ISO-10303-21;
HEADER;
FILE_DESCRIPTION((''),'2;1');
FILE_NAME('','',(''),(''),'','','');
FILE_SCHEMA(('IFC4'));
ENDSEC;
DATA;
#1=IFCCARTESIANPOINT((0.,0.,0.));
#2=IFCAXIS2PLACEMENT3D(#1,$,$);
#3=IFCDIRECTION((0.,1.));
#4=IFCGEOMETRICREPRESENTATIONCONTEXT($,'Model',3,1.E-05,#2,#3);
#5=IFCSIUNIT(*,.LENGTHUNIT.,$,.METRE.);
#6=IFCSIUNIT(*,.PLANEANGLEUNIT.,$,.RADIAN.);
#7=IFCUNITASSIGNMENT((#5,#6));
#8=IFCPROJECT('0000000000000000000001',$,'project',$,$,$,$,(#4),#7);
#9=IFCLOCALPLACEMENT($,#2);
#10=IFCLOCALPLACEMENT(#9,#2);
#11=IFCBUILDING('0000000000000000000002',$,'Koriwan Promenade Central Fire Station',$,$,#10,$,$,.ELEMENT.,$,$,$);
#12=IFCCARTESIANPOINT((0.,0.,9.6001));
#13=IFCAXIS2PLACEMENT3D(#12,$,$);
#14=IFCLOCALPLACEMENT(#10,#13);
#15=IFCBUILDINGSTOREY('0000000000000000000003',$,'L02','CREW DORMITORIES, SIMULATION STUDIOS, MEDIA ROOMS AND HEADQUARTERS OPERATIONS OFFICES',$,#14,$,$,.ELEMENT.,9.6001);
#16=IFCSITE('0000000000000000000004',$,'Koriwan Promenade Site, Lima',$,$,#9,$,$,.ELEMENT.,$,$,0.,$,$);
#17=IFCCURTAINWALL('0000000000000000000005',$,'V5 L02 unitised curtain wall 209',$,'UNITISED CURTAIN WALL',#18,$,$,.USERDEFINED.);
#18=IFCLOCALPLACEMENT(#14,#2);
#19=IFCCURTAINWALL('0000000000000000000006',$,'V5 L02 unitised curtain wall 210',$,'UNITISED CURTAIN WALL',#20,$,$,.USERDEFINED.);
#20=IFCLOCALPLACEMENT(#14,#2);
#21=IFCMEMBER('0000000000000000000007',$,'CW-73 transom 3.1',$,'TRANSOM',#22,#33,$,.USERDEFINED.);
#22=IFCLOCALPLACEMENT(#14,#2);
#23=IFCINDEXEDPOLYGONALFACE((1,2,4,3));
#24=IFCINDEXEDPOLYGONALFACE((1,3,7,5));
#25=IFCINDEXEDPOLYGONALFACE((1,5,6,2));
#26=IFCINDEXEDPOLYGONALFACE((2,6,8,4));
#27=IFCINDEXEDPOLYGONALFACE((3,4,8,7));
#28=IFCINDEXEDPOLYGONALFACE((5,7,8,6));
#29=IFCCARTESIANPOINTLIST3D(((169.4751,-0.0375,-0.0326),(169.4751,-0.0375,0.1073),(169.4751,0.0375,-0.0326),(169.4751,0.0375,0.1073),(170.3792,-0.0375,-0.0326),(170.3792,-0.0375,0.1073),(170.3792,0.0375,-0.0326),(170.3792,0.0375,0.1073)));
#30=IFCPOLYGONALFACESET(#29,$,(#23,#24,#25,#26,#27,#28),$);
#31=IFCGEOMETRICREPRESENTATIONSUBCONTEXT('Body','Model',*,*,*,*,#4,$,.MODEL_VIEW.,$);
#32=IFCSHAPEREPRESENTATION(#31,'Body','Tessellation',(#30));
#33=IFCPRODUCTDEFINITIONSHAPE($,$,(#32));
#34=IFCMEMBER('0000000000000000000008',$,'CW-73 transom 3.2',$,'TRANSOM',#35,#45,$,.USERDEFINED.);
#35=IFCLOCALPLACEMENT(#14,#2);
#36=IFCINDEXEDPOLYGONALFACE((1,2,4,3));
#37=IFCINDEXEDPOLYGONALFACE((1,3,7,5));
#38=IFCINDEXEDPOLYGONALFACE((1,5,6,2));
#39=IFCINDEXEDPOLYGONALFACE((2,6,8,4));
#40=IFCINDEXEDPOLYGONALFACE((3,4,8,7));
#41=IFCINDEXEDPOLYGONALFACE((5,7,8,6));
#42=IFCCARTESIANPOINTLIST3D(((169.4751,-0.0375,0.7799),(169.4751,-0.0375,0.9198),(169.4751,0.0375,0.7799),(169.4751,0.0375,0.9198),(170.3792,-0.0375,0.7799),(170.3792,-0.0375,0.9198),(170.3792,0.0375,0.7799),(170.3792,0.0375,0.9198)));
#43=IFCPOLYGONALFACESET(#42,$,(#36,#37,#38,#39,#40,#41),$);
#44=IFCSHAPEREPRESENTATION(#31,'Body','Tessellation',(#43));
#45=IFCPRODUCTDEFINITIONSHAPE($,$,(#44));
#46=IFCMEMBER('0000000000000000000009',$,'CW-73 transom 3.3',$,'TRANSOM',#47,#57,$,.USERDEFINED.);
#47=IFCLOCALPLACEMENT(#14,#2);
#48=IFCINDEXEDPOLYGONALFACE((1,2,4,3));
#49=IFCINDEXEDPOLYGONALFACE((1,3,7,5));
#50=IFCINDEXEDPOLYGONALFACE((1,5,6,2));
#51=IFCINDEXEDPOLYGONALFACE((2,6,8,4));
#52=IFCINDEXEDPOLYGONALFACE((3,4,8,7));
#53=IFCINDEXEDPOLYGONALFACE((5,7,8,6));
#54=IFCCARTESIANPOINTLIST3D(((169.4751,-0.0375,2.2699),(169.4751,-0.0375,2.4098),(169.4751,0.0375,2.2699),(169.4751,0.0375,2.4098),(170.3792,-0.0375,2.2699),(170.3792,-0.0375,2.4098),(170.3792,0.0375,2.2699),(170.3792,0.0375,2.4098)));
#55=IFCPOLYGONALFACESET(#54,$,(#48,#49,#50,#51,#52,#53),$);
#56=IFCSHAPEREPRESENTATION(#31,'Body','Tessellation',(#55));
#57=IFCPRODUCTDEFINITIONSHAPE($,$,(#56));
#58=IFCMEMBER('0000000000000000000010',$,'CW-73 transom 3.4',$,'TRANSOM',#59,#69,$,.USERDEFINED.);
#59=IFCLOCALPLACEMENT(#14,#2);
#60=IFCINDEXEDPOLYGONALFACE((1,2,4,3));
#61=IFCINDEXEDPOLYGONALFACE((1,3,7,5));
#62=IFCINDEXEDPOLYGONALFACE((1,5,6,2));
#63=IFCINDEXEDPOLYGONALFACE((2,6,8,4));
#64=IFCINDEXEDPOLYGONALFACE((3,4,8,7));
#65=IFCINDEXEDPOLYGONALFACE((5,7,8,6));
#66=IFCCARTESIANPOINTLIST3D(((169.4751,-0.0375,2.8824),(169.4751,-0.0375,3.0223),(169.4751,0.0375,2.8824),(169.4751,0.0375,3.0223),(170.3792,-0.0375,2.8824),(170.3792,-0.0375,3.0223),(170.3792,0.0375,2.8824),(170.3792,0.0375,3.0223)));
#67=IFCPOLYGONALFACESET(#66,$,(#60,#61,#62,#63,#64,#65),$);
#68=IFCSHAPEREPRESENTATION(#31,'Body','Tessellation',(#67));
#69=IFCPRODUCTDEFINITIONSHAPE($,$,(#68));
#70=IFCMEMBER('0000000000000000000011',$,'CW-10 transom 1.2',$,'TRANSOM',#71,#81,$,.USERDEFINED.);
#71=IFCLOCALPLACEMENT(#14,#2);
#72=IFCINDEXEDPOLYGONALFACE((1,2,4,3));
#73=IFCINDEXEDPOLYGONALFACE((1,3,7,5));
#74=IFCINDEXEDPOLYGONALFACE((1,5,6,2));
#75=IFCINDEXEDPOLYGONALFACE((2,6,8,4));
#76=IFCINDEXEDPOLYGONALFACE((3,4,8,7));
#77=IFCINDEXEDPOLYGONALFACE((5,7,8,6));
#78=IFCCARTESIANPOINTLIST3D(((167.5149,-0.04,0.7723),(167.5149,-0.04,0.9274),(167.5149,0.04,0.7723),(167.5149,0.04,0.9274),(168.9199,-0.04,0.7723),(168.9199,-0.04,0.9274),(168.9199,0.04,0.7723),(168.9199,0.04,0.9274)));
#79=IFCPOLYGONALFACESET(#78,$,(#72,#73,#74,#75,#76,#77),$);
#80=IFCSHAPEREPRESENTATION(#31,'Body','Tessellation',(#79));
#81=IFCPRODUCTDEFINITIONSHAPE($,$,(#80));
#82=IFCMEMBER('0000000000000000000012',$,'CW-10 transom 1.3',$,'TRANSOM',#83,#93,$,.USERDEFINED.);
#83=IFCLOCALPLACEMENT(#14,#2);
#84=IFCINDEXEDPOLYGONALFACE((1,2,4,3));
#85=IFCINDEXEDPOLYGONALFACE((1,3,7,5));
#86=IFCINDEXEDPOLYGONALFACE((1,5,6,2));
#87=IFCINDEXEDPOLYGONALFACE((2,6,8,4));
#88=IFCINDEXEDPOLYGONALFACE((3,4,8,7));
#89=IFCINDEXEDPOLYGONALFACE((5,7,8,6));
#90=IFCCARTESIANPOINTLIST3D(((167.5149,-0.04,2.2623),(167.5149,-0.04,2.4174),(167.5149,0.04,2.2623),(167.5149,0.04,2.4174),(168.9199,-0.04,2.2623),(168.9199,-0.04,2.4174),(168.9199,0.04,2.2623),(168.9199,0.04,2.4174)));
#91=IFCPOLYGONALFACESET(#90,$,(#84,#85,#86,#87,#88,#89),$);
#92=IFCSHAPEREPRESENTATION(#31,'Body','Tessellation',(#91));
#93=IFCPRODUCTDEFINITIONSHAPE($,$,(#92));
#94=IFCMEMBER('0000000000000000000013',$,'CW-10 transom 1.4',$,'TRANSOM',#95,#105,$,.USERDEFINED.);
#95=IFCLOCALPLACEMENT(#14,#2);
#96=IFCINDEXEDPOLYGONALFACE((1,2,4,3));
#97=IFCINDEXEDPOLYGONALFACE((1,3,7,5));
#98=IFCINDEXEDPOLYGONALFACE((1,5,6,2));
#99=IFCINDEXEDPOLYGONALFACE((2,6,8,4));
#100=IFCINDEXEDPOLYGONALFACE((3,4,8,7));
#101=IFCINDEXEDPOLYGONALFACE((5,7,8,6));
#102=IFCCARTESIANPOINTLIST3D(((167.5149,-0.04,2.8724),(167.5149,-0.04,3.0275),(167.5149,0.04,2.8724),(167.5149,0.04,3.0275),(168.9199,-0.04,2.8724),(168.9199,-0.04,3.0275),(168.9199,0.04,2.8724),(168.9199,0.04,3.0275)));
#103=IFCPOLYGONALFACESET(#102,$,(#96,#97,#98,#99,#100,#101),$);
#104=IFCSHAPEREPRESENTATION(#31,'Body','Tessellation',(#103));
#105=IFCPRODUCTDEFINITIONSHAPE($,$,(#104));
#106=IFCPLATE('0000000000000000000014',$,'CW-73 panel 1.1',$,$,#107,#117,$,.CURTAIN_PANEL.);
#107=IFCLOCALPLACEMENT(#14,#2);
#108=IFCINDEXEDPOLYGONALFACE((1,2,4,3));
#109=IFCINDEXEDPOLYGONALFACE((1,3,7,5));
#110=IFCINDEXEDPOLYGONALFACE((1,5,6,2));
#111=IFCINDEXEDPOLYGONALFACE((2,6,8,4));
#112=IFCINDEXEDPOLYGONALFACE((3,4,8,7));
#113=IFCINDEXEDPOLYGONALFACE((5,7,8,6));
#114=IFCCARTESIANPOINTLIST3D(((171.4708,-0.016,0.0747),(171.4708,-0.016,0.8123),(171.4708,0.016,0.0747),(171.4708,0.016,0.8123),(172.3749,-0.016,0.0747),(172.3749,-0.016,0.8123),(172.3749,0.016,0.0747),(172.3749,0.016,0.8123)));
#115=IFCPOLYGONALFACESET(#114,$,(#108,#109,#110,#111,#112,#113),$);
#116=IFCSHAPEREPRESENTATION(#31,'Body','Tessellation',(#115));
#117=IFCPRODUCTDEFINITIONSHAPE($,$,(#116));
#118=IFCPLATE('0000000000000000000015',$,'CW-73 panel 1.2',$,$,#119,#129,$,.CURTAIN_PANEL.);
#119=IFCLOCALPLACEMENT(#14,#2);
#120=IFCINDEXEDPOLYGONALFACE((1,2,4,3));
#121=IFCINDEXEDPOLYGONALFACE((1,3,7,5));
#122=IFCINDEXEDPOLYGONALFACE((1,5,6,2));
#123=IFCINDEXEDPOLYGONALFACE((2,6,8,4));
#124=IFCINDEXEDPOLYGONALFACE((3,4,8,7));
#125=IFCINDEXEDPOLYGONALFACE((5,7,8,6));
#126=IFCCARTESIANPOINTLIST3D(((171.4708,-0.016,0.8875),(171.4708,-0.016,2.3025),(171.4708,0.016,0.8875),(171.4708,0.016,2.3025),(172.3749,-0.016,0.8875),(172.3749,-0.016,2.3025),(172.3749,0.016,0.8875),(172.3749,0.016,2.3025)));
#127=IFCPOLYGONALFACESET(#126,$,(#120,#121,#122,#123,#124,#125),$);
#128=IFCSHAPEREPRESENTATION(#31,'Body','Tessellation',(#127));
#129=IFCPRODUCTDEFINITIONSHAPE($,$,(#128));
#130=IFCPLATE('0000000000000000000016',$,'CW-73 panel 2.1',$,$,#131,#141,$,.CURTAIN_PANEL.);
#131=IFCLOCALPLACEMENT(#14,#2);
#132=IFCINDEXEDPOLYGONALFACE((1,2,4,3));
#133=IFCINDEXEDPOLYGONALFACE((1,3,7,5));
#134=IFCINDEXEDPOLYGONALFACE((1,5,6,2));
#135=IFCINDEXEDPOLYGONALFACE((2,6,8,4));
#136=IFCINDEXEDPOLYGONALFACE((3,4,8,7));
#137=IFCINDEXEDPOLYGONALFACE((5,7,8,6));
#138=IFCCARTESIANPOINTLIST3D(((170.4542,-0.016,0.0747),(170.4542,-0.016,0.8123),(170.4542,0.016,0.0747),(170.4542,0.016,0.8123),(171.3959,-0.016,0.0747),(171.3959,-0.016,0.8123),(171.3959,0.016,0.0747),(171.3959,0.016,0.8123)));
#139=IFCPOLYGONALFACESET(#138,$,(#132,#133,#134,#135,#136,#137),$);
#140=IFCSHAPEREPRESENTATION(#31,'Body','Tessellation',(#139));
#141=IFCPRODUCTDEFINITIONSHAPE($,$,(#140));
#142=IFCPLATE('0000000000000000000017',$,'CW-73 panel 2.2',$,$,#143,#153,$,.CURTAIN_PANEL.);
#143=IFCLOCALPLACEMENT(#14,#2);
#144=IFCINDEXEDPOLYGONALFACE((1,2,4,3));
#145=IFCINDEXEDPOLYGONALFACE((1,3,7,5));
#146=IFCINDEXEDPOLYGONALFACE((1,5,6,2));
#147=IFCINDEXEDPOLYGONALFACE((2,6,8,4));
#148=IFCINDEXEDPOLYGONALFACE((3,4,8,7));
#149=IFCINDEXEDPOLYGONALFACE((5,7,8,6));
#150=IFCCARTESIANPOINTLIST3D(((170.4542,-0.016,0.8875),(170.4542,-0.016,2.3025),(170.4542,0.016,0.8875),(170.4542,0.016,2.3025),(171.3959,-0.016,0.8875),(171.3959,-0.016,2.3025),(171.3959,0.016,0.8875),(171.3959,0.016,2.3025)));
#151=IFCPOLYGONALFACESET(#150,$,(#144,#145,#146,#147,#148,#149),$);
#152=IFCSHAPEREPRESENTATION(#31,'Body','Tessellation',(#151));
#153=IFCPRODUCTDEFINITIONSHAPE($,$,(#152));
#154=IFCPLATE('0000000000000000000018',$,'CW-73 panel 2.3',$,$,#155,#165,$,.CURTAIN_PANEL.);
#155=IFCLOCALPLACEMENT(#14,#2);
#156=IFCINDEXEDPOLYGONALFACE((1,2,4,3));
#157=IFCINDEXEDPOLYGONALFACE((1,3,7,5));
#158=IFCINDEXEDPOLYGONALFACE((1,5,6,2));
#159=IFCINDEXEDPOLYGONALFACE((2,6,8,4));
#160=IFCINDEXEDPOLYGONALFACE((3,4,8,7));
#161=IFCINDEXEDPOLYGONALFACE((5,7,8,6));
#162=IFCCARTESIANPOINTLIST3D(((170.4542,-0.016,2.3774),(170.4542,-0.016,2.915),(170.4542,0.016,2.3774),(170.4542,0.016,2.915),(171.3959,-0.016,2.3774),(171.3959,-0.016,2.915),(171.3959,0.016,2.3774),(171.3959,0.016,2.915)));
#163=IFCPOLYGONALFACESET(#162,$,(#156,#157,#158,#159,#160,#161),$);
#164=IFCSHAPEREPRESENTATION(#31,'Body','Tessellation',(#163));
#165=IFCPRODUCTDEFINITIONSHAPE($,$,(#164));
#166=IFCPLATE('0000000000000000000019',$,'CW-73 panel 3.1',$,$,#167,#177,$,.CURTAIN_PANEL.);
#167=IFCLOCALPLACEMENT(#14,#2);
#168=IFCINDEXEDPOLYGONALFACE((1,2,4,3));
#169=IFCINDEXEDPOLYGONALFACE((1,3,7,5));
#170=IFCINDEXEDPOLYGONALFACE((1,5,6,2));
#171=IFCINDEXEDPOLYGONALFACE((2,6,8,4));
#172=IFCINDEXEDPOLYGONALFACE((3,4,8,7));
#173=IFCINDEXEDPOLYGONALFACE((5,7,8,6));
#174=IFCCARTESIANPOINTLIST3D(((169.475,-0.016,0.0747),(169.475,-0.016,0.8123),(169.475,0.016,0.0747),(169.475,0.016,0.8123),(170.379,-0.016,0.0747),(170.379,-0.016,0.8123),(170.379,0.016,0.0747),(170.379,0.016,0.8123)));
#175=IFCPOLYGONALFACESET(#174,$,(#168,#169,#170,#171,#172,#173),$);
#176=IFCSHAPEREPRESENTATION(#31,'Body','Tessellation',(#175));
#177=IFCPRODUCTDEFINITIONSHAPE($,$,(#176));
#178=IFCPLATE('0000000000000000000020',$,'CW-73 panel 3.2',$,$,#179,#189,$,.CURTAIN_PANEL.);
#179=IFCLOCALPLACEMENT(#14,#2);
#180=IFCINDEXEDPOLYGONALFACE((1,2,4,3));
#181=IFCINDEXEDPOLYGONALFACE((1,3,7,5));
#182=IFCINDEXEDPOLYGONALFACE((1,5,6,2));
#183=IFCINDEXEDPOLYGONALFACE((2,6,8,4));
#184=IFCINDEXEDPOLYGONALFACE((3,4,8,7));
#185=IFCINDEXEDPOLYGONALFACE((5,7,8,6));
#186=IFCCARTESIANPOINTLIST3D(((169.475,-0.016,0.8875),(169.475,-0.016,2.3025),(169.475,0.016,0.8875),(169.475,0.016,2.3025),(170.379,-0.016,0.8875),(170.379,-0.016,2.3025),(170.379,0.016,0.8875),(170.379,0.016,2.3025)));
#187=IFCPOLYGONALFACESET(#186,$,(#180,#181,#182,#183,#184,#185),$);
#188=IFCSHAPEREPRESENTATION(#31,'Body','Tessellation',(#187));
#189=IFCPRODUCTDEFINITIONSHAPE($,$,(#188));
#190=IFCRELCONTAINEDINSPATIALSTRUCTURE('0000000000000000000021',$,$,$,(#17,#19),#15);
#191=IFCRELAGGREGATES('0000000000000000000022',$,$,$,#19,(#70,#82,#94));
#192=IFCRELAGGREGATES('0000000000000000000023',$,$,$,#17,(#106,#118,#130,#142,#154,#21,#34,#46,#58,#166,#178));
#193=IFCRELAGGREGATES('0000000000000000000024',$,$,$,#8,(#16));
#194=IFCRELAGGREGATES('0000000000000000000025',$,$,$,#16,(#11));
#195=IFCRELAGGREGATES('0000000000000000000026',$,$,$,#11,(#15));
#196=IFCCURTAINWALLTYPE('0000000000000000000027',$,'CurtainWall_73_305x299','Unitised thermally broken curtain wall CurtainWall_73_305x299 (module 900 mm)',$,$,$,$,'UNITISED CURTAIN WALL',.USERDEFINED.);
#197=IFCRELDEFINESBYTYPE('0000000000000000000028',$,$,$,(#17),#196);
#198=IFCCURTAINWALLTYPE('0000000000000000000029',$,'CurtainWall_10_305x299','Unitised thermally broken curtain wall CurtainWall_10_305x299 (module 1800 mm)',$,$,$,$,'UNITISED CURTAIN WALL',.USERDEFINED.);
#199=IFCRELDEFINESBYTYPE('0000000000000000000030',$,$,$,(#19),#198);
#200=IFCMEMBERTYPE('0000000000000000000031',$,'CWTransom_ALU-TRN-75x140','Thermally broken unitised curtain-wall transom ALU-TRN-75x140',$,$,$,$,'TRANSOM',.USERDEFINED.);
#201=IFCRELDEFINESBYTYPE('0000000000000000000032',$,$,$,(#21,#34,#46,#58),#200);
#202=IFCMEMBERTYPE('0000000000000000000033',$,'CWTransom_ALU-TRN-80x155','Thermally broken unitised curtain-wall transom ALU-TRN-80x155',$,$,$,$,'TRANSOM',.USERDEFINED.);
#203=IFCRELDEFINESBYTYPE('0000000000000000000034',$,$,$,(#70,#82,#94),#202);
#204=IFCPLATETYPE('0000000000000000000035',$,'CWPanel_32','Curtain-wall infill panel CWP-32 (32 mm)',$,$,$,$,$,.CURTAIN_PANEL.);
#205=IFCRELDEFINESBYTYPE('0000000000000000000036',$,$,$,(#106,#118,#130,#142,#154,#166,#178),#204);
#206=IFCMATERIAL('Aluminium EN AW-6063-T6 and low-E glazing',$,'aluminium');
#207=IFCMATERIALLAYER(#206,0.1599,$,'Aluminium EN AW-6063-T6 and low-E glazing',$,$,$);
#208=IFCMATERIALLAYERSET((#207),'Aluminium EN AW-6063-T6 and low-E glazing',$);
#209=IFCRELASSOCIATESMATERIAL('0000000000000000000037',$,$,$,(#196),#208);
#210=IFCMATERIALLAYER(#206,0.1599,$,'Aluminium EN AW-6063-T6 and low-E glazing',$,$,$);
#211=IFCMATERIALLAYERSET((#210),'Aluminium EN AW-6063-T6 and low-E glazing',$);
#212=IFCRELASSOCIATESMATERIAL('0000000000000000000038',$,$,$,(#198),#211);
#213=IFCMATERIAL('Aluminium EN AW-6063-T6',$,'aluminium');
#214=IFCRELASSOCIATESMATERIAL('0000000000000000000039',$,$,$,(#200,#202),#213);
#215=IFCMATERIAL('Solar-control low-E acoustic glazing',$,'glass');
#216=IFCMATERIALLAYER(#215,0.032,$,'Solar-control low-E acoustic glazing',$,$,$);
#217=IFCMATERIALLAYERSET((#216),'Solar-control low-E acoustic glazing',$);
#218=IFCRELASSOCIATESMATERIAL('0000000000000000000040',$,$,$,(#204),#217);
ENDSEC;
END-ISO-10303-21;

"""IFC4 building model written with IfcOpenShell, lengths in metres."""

from ifc_helpers import new_model, si_unit, direction, frame, origin, origin_2d, place, context, subcontext, project, spatial, rectangle, extrude, material, layer, layer_set, material_profile, profile_set, type_object, element, aggregate, save


model = new_model("IFC4")

# Units and contexts
model_context = context("Model", 3, precision=1e-05, world=origin(), true_north=direction((0.0, 1.0)))
body_context = subcontext(model_context, "Body", "Model", "MODEL_VIEW")
ifc_project = project(units=[si_unit("LENGTHUNIT", "METRE"), si_unit("PLANEANGLEUNIT", "RADIAN")], contexts=[model_context])

# Site, building, storey
site_placement = place(None, origin())
site = spatial("IfcSite", under=ifc_project, at=site_placement, Name="Koriwan Promenade Site, Lima", CompositionType="ELEMENT", RefElevation=0.0)
building_placement = place(site_placement, origin())
building = spatial("IfcBuilding", under=site, at=building_placement, Name="Koriwan Promenade Central Fire Station", CompositionType="ELEMENT")
storey_placement = place(building_placement, frame((0.0, 0.0, 9.6001)))
storey = spatial("IfcBuildingStorey", under=building, at=storey_placement, Name="L02", Description="CREW DORMITORIES, SIMULATION STUDIOS, MEDIA ROOMS AND HEADQUARTERS OPERATIONS OFFICES", CompositionType="ELEMENT", Elevation=9.6001)

# Curtain wall
ifc_material_1 = material(Name="Aluminium EN AW-6063-T6 and low-E glazing", Category="aluminium")
ifc_layer_1 = layer(ifc_material_1, 0.1599, Name="Aluminium EN AW-6063-T6 and low-E glazing")
ifc_layer_set_1 = layer_set([ifc_layer_1], Name="Aluminium EN AW-6063-T6 and low-E glazing")
curtain_wall_type_1 = type_object("IfcCurtainWallType", Name="CurtainWall_73_305x299", Description="Unitised thermally broken curtain wall CurtainWall_73_305x299 (module 900 mm)", ElementType="UNITISED CURTAIN WALL", PredefinedType="USERDEFINED", material=ifc_layer_set_1)
curtain_wall_1_placement = place(storey_placement, origin())
curtain_wall_1 = element("IfcCurtainWall", 1, at=curtain_wall_1_placement, inside=storey, type_object=curtain_wall_type_1, Name="V5 L02 unitised curtain wall 209", ObjectType="UNITISED CURTAIN WALL", PredefinedType="USERDEFINED")
ifc_material_2 = material(Name="Aluminium EN AW-6063-T6", Category="aluminium")

# Curtain wall
ifc_layer_2 = layer(ifc_material_1, 0.1599, Name="Aluminium EN AW-6063-T6 and low-E glazing")
ifc_layer_set_2 = layer_set([ifc_layer_2], Name="Aluminium EN AW-6063-T6 and low-E glazing")
curtain_wall_type_2 = type_object("IfcCurtainWallType", Name="CurtainWall_10_305x299", Description="Unitised thermally broken curtain wall CurtainWall_10_305x299 (module 1800 mm)", ElementType="UNITISED CURTAIN WALL", PredefinedType="USERDEFINED", material=ifc_layer_set_2)
curtain_wall_2_placement = place(storey_placement, origin())
curtain_wall_2 = element("IfcCurtainWall", 2, at=curtain_wall_2_placement, inside=storey, type_object=curtain_wall_type_2, Name="V5 L02 unitised curtain wall 210", ObjectType="UNITISED CURTAIN WALL", PredefinedType="USERDEFINED")

# Members
ifc_material_profile_1 = material_profile(ifc_material_2, rectangle(XDim=0.075, YDim=0.1399, at=origin_2d()), Name="ALU-TRN-75x140")
ifc_profile_set_1 = profile_set([ifc_material_profile_1], Name="Aluminium EN AW-6063-T6")
member_type_1 = type_object("IfcMemberType", Name="CWTransom_ALU-TRN-75x140", Description="Thermally broken unitised curtain-wall transom ALU-TRN-75x140", ElementType="TRANSOM", PredefinedType="USERDEFINED", material=ifc_profile_set_1)
member_1_placement = place(storey_placement, frame((170.3792, 0.0, 0.0374), z_axis=(-1.0, 0.0, 0.0), x_axis=(0.0, -1.0, 0.0)))
member_1 = element("IfcMember", 3, at=member_1_placement, type_object=member_type_1, Name="CW-73 transom 3.1", ObjectType="TRANSOM", PredefinedType="USERDEFINED", context=body_context, shape_type="SweptSolid", body=[
    extrude(rectangle(XDim=0.075, YDim=0.1399, at=origin_2d()), origin(), (0.0, 0.0, 1.0), 0.9041),
])
member_2_placement = place(storey_placement, frame((170.3792, 0.0, 0.8499), z_axis=(-1.0, 0.0, 0.0), x_axis=(0.0, -1.0, 0.0)))
member_2 = element("IfcMember", 4, at=member_2_placement, type_object=member_type_1, Name="CW-73 transom 3.2", ObjectType="TRANSOM", PredefinedType="USERDEFINED", context=body_context, shape_type="SweptSolid", body=[
    extrude(rectangle(XDim=0.075, YDim=0.1399, at=origin_2d()), origin(), (0.0, 0.0, 1.0), 0.9041),
])
member_3_placement = place(storey_placement, frame((170.3792, 0.0, 2.3398), z_axis=(-1.0, 0.0, 0.0), x_axis=(0.0, -1.0, 0.0)))
member_3 = element("IfcMember", 5, at=member_3_placement, type_object=member_type_1, Name="CW-73 transom 3.3", ObjectType="TRANSOM", PredefinedType="USERDEFINED", context=body_context, shape_type="SweptSolid", body=[
    extrude(rectangle(XDim=0.075, YDim=0.1399, at=origin_2d()), origin(), (0.0, 0.0, 1.0), 0.9041),
])
member_4_placement = place(storey_placement, frame((170.3792, 0.0, 2.9524), z_axis=(-1.0, 0.0, 0.0), x_axis=(0.0, -1.0, 0.0)))
member_4 = element("IfcMember", 6, at=member_4_placement, type_object=member_type_1, Name="CW-73 transom 3.4", ObjectType="TRANSOM", PredefinedType="USERDEFINED", context=body_context, shape_type="SweptSolid", body=[
    extrude(rectangle(XDim=0.075, YDim=0.1399, at=origin_2d()), origin(), (0.0, 0.0, 1.0), 0.9041),
])
ifc_material_profile_2 = material_profile(ifc_material_2, rectangle(XDim=0.0801, YDim=0.155, at=origin_2d()), Name="ALU-TRN-80x155")
ifc_profile_set_2 = profile_set([ifc_material_profile_2], Name="Aluminium EN AW-6063-T6")
member_type_2 = type_object("IfcMemberType", Name="CWTransom_ALU-TRN-80x155", Description="Thermally broken unitised curtain-wall transom ALU-TRN-80x155", ElementType="TRANSOM", PredefinedType="USERDEFINED", material=ifc_profile_set_2)
member_5_placement = place(storey_placement, frame((168.9199, 0.0, 0.8499), z_axis=(-1.0, 0.0, 0.0), x_axis=(0.0, -1.0, 0.0)))
member_5 = element("IfcMember", 7, at=member_5_placement, type_object=member_type_2, Name="CW-10 transom 1.2", ObjectType="TRANSOM", PredefinedType="USERDEFINED", context=body_context, shape_type="SweptSolid", body=[
    extrude(rectangle(XDim=0.0801, YDim=0.155, at=origin_2d()), origin(), (0.0, 0.0, 1.0), 1.405),
])
member_6_placement = place(storey_placement, frame((168.9199, 0.0, 2.3398), z_axis=(-1.0, 0.0, 0.0), x_axis=(0.0, -1.0, 0.0)))
member_6 = element("IfcMember", 8, at=member_6_placement, type_object=member_type_2, Name="CW-10 transom 1.3", ObjectType="TRANSOM", PredefinedType="USERDEFINED", context=body_context, shape_type="SweptSolid", body=[
    extrude(rectangle(XDim=0.0801, YDim=0.155, at=origin_2d()), origin(), (0.0, 0.0, 1.0), 1.405),
])
member_7_placement = place(storey_placement, frame((168.9199, 0.0, 2.95), z_axis=(-1.0, 0.0, 0.0), x_axis=(0.0, -1.0, 0.0)))
member_7 = element("IfcMember", 9, at=member_7_placement, type_object=member_type_2, Name="CW-10 transom 1.4", ObjectType="TRANSOM", PredefinedType="USERDEFINED", context=body_context, shape_type="SweptSolid", body=[
    extrude(rectangle(XDim=0.0801, YDim=0.155, at=origin_2d()), origin(), (0.0, 0.0, 1.0), 1.405),
])
aggregate(curtain_wall_2, [member_5, member_6, member_7])

# Plates
ifc_material_3 = material(Name="Solar-control low-E acoustic glazing", Category="glass")
ifc_layer_3 = layer(ifc_material_3, 0.032, Name="Solar-control low-E acoustic glazing")
ifc_layer_set_3 = layer_set([ifc_layer_3], Name="Solar-control low-E acoustic glazing")
plate_type = type_object("IfcPlateType", Name="CWPanel_32", Description="Curtain-wall infill panel CWP-32 (32 mm)", PredefinedType="CURTAIN_PANEL", material=ifc_layer_set_3)
plate_1_placement = place(storey_placement, frame((171.9229, 0.0, 0.0747), z_axis=(0.0, 0.0, 1.0), x_axis=(-1.0, 0.0, 0.0)))
plate_1 = element("IfcPlate", 10, at=plate_1_placement, type_object=plate_type, Name="CW-73 panel 1.1", PredefinedType="CURTAIN_PANEL", context=body_context, shape_type="SweptSolid", body=[
    extrude(rectangle(XDim=0.9041, YDim=0.032, at=origin_2d()), origin(), (0.0, 0.0, 1.0), 0.7375),
])
plate_2_placement = place(storey_placement, frame((171.9229, 0.0, 0.8875), z_axis=(0.0, 0.0, 1.0), x_axis=(-1.0, 0.0, 0.0)))
plate_2 = element("IfcPlate", 11, at=plate_2_placement, type_object=plate_type, Name="CW-73 panel 1.2", PredefinedType="CURTAIN_PANEL", context=body_context, shape_type="SweptSolid", body=[
    extrude(rectangle(XDim=0.9041, YDim=0.032, at=origin_2d()), origin(), (0.0, 0.0, 1.0), 1.415),
])
plate_3_placement = place(storey_placement, frame((170.925, 0.0, 0.0747), z_axis=(0.0, 0.0, 1.0), x_axis=(-1.0, 0.0, 0.0)))
plate_3 = element("IfcPlate", 12, at=plate_3_placement, type_object=plate_type, Name="CW-73 panel 2.1", PredefinedType="CURTAIN_PANEL", context=body_context, shape_type="SweptSolid", body=[
    extrude(rectangle(XDim=0.9417, YDim=0.032, at=origin_2d()), origin(), (0.0, 0.0, 1.0), 0.7375),
])
plate_4_placement = place(storey_placement, frame((170.925, 0.0, 0.8875), z_axis=(0.0, 0.0, 1.0), x_axis=(-1.0, 0.0, 0.0)))
plate_4 = element("IfcPlate", 13, at=plate_4_placement, type_object=plate_type, Name="CW-73 panel 2.2", PredefinedType="CURTAIN_PANEL", context=body_context, shape_type="SweptSolid", body=[
    extrude(rectangle(XDim=0.9417, YDim=0.032, at=origin_2d()), origin(), (0.0, 0.0, 1.0), 1.415),
])
plate_5_placement = place(storey_placement, frame((170.925, 0.0, 2.3774), z_axis=(0.0, 0.0, 1.0), x_axis=(-1.0, 0.0, 0.0)))
plate_5 = element("IfcPlate", 14, at=plate_5_placement, type_object=plate_type, Name="CW-73 panel 2.3", PredefinedType="CURTAIN_PANEL", context=body_context, shape_type="SweptSolid", body=[
    extrude(rectangle(XDim=0.9417, YDim=0.032, at=origin_2d()), origin(), (0.0, 0.0, 1.0), 0.5376),
])
plate_6_placement = place(storey_placement, frame((169.927, 0.0, 0.0747), z_axis=(0.0, 0.0, 1.0), x_axis=(-1.0, 0.0, 0.0)))
plate_6 = element("IfcPlate", 15, at=plate_6_placement, type_object=plate_type, Name="CW-73 panel 3.1", PredefinedType="CURTAIN_PANEL", context=body_context, shape_type="SweptSolid", body=[
    extrude(rectangle(XDim=0.9041, YDim=0.032, at=origin_2d()), origin(), (0.0, 0.0, 1.0), 0.7375),
])
plate_7_placement = place(storey_placement, frame((169.927, 0.0, 0.8875), z_axis=(0.0, 0.0, 1.0), x_axis=(-1.0, 0.0, 0.0)))
plate_7 = element("IfcPlate", 16, at=plate_7_placement, type_object=plate_type, Name="CW-73 panel 3.2", PredefinedType="CURTAIN_PANEL", context=body_context, shape_type="SweptSolid", body=[
    extrude(rectangle(XDim=0.9041, YDim=0.032, at=origin_2d()), origin(), (0.0, 0.0, 1.0), 1.415),
])
aggregate(curtain_wall_1, [plate_1, plate_2, plate_3, plate_4, plate_5, member_1, member_2, member_3, member_4, plate_6, plate_7])

save(model, "model.ifc")
